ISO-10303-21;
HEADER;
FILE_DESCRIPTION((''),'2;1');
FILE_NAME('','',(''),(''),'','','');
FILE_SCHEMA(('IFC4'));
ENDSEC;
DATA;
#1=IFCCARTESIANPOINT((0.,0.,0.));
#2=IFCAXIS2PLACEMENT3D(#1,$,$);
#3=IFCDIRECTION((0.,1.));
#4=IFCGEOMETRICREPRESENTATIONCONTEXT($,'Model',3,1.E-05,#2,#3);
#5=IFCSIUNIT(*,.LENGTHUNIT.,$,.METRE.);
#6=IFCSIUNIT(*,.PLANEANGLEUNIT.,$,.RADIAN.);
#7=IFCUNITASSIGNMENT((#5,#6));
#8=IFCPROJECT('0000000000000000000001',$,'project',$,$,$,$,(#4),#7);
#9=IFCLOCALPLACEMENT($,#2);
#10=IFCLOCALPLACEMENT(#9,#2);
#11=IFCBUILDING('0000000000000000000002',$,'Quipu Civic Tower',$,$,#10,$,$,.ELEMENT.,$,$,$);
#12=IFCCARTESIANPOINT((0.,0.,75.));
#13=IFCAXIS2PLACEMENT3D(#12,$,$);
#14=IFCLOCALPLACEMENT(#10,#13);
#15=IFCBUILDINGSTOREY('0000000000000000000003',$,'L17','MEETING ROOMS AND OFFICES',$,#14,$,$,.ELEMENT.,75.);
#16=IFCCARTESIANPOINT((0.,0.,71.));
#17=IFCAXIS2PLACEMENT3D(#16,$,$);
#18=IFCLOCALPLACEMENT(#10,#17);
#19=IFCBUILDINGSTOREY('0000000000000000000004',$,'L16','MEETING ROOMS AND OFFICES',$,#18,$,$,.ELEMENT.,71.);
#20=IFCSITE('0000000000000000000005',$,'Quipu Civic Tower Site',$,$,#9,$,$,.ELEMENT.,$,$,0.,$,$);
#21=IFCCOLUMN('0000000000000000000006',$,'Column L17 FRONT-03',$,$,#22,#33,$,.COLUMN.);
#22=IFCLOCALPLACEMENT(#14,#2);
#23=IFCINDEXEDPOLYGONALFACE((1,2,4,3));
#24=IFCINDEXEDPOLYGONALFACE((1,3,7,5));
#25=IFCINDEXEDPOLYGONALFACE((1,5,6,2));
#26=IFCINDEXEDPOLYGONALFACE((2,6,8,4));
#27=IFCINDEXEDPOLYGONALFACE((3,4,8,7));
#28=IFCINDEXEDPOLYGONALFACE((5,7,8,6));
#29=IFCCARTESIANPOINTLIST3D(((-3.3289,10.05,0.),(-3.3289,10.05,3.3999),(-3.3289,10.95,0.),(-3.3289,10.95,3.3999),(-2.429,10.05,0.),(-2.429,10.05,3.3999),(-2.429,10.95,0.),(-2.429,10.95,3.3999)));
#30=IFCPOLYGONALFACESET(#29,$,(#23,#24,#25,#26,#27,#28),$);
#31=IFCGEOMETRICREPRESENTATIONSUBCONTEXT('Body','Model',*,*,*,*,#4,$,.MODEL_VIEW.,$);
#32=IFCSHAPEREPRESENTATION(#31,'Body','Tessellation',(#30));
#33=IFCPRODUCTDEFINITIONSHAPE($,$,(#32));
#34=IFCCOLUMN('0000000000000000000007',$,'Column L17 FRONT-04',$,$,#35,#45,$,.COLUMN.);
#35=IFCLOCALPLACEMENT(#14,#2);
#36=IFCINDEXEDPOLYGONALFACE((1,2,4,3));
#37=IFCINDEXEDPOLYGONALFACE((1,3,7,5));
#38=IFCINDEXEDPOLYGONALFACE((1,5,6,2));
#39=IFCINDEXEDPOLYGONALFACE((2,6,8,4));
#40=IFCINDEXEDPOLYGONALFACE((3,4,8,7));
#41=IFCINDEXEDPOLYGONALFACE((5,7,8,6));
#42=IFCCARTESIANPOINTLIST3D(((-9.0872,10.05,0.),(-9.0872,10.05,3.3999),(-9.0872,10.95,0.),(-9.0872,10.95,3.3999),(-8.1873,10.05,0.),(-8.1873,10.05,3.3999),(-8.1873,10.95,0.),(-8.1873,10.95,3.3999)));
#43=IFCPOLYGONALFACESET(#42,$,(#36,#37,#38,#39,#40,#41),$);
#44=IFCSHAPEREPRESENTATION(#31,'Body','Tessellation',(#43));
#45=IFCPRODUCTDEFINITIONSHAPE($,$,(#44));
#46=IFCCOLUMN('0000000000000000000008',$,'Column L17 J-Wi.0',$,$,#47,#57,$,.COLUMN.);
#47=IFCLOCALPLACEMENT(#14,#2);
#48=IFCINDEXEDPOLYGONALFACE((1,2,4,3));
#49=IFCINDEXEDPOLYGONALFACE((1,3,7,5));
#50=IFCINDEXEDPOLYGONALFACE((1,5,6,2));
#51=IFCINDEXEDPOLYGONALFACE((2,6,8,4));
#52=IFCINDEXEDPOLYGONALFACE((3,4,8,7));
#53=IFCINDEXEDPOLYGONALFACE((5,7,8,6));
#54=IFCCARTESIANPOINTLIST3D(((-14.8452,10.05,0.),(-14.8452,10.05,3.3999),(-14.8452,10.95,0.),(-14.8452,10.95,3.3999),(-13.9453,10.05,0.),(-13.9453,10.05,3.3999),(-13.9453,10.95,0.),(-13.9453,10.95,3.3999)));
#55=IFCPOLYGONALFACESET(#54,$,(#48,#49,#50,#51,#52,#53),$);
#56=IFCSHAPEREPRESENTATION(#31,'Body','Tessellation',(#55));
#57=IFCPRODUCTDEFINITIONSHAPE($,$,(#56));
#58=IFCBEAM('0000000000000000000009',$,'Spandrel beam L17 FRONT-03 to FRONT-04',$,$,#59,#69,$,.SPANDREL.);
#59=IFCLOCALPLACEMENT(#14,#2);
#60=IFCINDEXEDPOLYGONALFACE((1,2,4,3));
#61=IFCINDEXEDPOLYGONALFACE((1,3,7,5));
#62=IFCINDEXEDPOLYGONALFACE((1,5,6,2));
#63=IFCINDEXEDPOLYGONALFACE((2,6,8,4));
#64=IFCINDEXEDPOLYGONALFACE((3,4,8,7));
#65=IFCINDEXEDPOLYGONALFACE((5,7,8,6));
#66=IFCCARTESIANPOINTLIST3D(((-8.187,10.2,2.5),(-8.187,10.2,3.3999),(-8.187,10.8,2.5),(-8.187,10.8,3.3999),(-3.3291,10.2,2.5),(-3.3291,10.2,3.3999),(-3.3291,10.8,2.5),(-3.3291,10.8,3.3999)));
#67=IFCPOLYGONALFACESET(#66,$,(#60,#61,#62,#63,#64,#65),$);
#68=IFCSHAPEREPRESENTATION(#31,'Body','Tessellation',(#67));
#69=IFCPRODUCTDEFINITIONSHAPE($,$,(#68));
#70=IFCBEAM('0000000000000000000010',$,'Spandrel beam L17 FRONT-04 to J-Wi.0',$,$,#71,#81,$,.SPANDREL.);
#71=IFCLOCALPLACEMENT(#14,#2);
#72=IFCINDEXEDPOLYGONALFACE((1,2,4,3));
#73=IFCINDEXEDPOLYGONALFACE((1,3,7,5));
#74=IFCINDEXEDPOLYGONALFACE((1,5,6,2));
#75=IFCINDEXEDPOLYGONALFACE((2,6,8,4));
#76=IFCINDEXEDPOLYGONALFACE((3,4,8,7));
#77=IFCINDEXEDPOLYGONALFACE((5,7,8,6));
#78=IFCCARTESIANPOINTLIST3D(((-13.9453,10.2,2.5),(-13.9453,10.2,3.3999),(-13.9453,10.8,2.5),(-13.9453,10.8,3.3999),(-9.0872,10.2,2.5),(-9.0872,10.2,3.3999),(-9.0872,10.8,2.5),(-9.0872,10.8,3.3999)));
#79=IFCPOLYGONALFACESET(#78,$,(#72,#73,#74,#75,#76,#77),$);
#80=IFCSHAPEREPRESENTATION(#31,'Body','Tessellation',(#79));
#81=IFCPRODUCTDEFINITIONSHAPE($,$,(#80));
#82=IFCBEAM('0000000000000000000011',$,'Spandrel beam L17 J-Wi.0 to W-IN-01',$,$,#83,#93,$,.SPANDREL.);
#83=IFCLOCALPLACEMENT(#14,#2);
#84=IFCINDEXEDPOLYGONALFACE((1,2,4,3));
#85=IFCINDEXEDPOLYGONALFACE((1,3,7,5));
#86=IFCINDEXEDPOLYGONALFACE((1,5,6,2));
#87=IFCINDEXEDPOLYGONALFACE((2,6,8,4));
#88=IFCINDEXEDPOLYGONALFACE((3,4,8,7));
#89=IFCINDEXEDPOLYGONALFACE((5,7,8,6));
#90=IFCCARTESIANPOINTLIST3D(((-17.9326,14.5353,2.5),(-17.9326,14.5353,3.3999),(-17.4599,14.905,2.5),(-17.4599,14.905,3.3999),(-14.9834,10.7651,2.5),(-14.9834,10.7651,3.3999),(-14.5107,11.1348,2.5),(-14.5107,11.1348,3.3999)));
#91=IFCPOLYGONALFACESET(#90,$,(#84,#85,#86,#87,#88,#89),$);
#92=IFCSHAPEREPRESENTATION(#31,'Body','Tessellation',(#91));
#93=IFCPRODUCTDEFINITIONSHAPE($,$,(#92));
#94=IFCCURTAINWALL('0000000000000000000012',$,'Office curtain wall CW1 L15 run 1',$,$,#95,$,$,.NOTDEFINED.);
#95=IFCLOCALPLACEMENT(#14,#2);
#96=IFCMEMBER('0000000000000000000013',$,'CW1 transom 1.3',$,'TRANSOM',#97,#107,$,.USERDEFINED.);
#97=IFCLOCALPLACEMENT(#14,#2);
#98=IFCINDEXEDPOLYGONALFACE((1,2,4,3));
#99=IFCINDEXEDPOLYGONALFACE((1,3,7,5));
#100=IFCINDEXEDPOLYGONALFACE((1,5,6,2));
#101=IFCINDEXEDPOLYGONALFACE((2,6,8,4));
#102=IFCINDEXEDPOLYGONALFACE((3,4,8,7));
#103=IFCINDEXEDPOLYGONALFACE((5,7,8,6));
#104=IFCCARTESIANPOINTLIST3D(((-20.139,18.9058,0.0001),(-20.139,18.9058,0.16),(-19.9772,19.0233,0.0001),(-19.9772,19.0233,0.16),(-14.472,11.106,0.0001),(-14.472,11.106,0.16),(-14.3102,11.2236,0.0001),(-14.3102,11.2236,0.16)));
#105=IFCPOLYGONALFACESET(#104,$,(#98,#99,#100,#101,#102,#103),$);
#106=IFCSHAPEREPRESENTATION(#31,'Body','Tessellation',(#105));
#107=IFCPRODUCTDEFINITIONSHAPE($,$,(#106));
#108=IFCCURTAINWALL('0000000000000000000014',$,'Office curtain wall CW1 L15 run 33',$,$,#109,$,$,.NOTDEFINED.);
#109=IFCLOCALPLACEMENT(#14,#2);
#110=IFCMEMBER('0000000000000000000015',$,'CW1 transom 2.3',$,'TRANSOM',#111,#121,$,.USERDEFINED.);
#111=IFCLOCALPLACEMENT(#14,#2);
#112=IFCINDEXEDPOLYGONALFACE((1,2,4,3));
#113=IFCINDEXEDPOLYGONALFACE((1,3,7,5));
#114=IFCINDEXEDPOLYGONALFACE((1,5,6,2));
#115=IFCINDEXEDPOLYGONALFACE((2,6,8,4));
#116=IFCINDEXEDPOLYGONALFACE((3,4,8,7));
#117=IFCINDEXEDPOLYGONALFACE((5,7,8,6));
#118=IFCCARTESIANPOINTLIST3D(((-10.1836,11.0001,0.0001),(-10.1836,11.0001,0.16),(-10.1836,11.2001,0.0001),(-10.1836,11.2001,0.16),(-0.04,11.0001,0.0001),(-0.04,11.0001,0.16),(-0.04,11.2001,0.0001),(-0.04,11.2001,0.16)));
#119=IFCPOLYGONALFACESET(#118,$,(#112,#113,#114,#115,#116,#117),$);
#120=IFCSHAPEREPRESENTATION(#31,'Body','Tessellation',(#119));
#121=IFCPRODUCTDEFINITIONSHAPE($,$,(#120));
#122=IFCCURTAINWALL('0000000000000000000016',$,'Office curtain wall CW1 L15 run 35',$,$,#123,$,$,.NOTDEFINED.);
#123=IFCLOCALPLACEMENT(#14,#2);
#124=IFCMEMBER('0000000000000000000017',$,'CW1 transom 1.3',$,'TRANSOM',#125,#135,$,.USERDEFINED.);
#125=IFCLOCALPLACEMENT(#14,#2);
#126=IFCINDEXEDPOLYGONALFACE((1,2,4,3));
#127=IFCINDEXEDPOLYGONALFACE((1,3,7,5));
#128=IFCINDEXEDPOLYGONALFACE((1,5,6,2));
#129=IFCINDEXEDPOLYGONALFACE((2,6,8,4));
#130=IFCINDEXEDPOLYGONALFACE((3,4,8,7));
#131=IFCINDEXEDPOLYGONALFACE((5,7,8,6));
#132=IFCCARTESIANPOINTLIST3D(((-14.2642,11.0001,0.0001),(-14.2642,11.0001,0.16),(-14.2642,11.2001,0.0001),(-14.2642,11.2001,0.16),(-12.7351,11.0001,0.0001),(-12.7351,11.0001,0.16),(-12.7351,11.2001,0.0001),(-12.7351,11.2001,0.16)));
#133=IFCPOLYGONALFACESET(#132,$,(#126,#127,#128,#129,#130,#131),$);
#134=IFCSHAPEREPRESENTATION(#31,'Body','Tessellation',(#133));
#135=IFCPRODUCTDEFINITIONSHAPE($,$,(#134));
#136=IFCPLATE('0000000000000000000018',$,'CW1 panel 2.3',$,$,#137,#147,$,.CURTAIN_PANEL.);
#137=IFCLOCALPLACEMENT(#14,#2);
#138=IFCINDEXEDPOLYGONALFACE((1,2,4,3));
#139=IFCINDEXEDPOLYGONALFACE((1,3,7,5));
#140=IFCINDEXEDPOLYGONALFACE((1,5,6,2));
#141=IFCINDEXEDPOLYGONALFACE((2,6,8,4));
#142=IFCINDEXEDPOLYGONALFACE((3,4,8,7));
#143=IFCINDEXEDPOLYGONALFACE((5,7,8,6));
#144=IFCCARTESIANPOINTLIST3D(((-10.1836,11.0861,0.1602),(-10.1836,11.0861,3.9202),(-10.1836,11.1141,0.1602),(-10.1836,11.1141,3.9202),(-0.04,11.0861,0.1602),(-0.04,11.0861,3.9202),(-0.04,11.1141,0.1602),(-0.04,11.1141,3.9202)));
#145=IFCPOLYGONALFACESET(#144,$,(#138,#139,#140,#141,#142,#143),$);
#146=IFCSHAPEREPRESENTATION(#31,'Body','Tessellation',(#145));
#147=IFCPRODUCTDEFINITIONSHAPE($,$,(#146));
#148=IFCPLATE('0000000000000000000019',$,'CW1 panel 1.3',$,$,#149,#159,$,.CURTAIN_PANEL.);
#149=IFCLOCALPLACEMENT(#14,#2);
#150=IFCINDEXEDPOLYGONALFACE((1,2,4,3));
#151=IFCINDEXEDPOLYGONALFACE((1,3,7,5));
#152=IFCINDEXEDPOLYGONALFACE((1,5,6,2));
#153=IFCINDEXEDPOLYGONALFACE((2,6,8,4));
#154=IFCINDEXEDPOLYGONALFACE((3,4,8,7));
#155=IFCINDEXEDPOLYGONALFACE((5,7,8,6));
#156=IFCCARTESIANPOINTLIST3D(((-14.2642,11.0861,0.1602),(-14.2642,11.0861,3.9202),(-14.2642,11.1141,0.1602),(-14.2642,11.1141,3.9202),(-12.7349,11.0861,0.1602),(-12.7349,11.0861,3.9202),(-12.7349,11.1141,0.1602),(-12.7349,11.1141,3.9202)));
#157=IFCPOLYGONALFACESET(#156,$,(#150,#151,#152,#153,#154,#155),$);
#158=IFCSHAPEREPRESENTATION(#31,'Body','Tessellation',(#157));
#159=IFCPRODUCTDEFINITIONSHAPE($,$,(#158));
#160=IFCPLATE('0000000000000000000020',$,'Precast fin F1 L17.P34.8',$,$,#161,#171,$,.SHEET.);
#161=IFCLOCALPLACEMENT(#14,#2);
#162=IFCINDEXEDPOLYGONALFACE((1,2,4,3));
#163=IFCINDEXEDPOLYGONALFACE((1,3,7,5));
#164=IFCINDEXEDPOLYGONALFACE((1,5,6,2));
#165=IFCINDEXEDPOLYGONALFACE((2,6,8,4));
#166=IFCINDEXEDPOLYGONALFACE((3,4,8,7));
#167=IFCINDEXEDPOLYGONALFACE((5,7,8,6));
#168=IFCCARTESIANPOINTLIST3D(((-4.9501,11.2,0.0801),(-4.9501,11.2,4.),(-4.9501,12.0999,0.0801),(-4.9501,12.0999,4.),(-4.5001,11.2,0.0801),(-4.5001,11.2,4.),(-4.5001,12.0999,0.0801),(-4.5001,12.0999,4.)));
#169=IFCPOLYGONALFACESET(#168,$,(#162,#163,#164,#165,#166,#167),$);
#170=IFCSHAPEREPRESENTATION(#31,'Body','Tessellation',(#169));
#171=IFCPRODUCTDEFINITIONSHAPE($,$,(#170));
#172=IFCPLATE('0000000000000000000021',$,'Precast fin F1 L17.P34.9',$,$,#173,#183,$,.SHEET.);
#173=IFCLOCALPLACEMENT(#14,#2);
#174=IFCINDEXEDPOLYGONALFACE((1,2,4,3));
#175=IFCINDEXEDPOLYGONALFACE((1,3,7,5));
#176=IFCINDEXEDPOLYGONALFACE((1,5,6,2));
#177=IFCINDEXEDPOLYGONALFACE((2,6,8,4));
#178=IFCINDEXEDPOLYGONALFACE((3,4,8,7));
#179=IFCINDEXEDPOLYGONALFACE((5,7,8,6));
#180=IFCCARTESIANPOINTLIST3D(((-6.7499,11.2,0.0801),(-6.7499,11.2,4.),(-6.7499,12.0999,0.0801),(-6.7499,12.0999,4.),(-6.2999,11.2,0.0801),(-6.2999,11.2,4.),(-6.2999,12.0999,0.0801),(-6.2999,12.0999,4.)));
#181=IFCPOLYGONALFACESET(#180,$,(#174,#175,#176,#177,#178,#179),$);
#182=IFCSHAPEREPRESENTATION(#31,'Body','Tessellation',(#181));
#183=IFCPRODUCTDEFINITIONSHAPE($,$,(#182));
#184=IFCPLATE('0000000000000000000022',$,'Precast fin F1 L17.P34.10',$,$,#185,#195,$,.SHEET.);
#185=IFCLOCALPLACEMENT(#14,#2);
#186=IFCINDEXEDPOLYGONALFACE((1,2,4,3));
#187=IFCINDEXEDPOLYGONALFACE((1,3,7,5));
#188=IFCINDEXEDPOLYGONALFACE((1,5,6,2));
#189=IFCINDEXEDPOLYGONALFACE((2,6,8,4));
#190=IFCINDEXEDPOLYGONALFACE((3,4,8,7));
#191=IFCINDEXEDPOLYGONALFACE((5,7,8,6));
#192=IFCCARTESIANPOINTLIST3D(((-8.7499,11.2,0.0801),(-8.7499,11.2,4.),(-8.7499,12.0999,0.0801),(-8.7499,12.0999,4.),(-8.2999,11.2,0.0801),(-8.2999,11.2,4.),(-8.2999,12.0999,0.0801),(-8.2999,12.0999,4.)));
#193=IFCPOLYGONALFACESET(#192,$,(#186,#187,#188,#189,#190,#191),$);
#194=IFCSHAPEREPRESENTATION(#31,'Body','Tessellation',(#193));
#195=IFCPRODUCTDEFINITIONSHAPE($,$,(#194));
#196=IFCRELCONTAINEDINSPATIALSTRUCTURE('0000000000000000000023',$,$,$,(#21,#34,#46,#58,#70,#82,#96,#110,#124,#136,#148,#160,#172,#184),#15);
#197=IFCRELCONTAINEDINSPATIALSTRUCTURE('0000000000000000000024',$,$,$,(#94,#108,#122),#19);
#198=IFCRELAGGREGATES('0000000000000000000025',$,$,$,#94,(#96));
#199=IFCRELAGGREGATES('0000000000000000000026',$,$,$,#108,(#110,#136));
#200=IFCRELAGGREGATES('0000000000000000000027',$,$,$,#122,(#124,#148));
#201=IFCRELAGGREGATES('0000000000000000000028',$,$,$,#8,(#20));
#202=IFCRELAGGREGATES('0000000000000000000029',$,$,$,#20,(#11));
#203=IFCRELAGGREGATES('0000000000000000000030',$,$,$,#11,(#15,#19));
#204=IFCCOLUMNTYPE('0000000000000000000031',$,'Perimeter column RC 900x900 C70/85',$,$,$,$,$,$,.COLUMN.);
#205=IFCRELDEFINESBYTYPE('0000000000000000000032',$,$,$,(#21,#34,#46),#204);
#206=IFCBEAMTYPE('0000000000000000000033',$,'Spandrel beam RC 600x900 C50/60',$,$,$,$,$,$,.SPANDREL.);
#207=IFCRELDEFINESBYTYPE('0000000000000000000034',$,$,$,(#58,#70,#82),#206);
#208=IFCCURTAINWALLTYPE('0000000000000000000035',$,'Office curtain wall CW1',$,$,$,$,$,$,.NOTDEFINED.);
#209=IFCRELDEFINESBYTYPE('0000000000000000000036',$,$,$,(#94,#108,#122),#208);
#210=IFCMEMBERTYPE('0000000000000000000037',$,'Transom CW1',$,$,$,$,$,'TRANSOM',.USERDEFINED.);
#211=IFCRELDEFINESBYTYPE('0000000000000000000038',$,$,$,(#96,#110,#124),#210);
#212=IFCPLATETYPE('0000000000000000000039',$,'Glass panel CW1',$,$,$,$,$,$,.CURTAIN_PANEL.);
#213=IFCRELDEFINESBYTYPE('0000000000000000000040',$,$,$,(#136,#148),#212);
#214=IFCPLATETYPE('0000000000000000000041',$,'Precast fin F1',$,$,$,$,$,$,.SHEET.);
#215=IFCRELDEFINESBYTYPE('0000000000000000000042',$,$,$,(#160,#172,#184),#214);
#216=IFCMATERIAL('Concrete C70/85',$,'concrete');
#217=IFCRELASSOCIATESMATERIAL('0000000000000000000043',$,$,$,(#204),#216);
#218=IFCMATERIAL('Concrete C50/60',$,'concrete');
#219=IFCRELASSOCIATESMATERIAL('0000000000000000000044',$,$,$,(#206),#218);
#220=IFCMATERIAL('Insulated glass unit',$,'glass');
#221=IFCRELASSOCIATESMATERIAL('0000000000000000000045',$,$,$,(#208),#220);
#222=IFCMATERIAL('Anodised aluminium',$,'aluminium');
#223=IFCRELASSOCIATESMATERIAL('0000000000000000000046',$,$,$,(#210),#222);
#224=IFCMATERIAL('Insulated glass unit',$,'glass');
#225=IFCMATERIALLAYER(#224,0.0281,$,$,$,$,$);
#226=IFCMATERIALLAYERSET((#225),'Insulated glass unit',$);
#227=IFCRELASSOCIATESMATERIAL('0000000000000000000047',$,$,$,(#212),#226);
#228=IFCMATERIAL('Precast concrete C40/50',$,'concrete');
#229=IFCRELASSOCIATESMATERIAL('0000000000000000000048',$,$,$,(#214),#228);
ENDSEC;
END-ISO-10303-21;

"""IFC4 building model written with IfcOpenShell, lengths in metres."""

from ifc_helpers import new_model, si_unit, direction, frame, origin, origin_2d, place, context, subcontext, project, spatial, rectangle, extrude, material, layer, layer_set, material_profile, profile_set, type_object, element, aggregate, save


model = new_model("IFC4")

# Units and contexts
model_context = context("Model", 3, precision=1e-05, world=origin(), true_north=direction((0.0, 1.0)))
body_context = subcontext(model_context, "Body", "Model", "MODEL_VIEW")
ifc_project = project(units=[si_unit("LENGTHUNIT", "METRE"), si_unit("PLANEANGLEUNIT", "RADIAN")], contexts=[model_context])

# Site, building, storey
site_placement = place(None, origin())
site = spatial("IfcSite", under=ifc_project, at=site_placement, Name="Quipu Civic Tower Site", CompositionType="ELEMENT", RefElevation=0.0)
building_placement = place(site_placement, origin())
building = spatial("IfcBuilding", under=site, at=building_placement, Name="Quipu Civic Tower", CompositionType="ELEMENT")
storey_1_placement = place(building_placement, frame((0.0, 0.0, 75.0)))
storey_1 = spatial("IfcBuildingStorey", under=building, at=storey_1_placement, Name="L17", Description="MEETING ROOMS AND OFFICES", CompositionType="ELEMENT", Elevation=75.0)

# Columns
ifc_material_1 = material(Name="Concrete C70/85", Category="concrete")
ifc_material_profile_1 = material_profile(ifc_material_1, rectangle(XDim=0.8999, YDim=0.8999, at=origin_2d()), Name="RC900x900")
ifc_profile_set_1 = profile_set([ifc_material_profile_1], Name="Concrete C70/85")
column_type = type_object("IfcColumnType", Name="Perimeter column RC 900x900 C70/85", PredefinedType="COLUMN", material=ifc_profile_set_1)
for number, where, z_axis, x_axis, name in (
    (1, (-2.8789, 10.5, 0.0), (0.0, 0.0, 1.0), (-1.0, 0.0, 0.0), "Column L17 FRONT-03"),
    (2, (-8.6372, 10.5, 0.0), (0.0, 0.0, 1.0), (-1.0, 0.0, 0.0), "Column L17 FRONT-04"),
    (3, (-14.3953, 10.5, 0.0), (0.0, 0.0, 1.0), (-1.0, 0.0, 0.0), "Column L17 J-Wi.0"),
):
    element("IfcColumn", number, at=place(storey_1_placement, frame(where, z_axis=z_axis, x_axis=x_axis)), inside=storey_1, type_object=column_type, Name=name, PredefinedType="COLUMN", context=body_context, shape_type="SweptSolid", body=[
        extrude(rectangle(XDim=0.8999, YDim=0.8999, at=origin_2d()), origin(), (0.0, 0.0, 1.0), 3.3999),
    ])

# Beams
ifc_material_2 = material(Name="Concrete C50/60", Category="concrete")
ifc_material_profile_2 = material_profile(ifc_material_2, rectangle(XDim=0.6001, YDim=0.8999, at=origin_2d()), Name="RC600x900")
ifc_profile_set_2 = profile_set([ifc_material_profile_2], Name="Concrete C50/60")
beam_type = type_object("IfcBeamType", Name="Spandrel beam RC 600x900 C50/60", PredefinedType="SPANDREL", material=ifc_profile_set_2)
beam_1_placement = place(storey_1_placement, frame((-3.3291, 10.5, 2.95), z_axis=(-1.0, 0.0, 0.0), x_axis=(0.0, -1.0, 0.0)))
element("IfcBeam", 4, at=beam_1_placement, inside=storey_1, type_object=beam_type, Name="Spandrel beam L17 FRONT-03 to FRONT-04", PredefinedType="SPANDREL", context=body_context, shape_type="SweptSolid", body=[
    extrude(rectangle(XDim=0.6001, YDim=0.8999, at=origin_2d()), origin(), (0.0, 0.0, 1.0), 4.8579),
])
beam_2_placement = place(storey_1_placement, frame((-9.0872, 10.5, 2.95), z_axis=(-1.0, 0.0, 0.0), x_axis=(0.0, -1.0, 0.0)))
element("IfcBeam", 5, at=beam_2_placement, inside=storey_1, type_object=beam_type, Name="Spandrel beam L17 FRONT-04 to J-Wi.0", PredefinedType="SPANDREL", context=body_context, shape_type="SweptSolid", body=[
    extrude(rectangle(XDim=0.6001, YDim=0.8999, at=origin_2d()), origin(), (0.0, 0.0, 1.0), 4.8582),
])
beam_3_placement = place(storey_1_placement, frame((-14.7471, 10.95, 2.95), z_axis=(-0.616124, 0.787649, 0.0), x_axis=(-0.787649, -0.616124, 0.0)))
element("IfcBeam", 6, at=beam_3_placement, inside=storey_1, type_object=beam_type, Name="Spandrel beam L17 J-Wi.0 to W-IN-01", PredefinedType="SPANDREL", context=body_context, shape_type="SweptSolid", body=[
    extrude(rectangle(XDim=0.6001, YDim=0.8999, at=origin_2d()), origin(), (0.0, 0.0, 1.0), 4.7866),
])

# Shared definitions
storey_2_placement = place(building_placement, frame((0.0, 0.0, 71.0)))
storey_2 = spatial("IfcBuildingStorey", under=building, at=storey_2_placement, Name="L16", Description="MEETING ROOMS AND OFFICES", CompositionType="ELEMENT", Elevation=71.0)

# Curtain walls, members
ifc_material_3 = material(Name="Insulated glass unit", Category="glass")
curtain_wall_type = type_object("IfcCurtainWallType", Name="Office curtain wall CW1", PredefinedType="NOTDEFINED", material=ifc_material_3)
curtain_wall_1_placement = place(storey_2_placement, origin())
curtain_wall_1 = element("IfcCurtainWall", 7, at=curtain_wall_1_placement, inside=storey_2, type_object=curtain_wall_type, Name="Office curtain wall CW1 L15 run 1", PredefinedType="NOTDEFINED")
ifc_material_4 = material(Name="Anodised aluminium", Category="aluminium")
ifc_material_profile_3 = material_profile(ifc_material_4, rectangle(XDim=0.2, YDim=0.1599, at=origin_2d()), Name="RECT 200x160")
ifc_profile_set_3 = profile_set([ifc_material_profile_3], Name="Anodised aluminium")
member_type = type_object("IfcMemberType", Name="Transom CW1", ElementType="TRANSOM", PredefinedType="USERDEFINED", material=ifc_profile_set_3)
member_1_placement = place(storey_1_placement, frame((-14.3911, 11.1648, 0.0801), z_axis=(-0.587792, 0.809012, 0.0), x_axis=(-0.809012, -0.587792, 0.0)))
member_1 = element("IfcMember", 8, at=member_1_placement, inside=storey_1, type_object=member_type, Name="CW1 transom 1.3", ObjectType="TRANSOM", PredefinedType="USERDEFINED", context=body_context, shape_type="SweptSolid", body=[
    extrude(rectangle(XDim=0.2, YDim=0.1599, at=origin_2d()), origin(), (0.0, 0.0, 1.0), 9.6411),
])
aggregate(curtain_wall_1, [member_1])
curtain_wall_2_placement = place(storey_2_placement, origin())
curtain_wall_2 = element("IfcCurtainWall", 9, at=curtain_wall_2_placement, inside=storey_2, type_object=curtain_wall_type, Name="Office curtain wall CW1 L15 run 33", PredefinedType="NOTDEFINED")
member_2_placement = place(storey_1_placement, frame((-0.04, 11.1001, 0.0801), z_axis=(-1.0, 0.0, 0.0), x_axis=(0.0, -1.0, 0.0)))
member_2 = element("IfcMember", 10, at=member_2_placement, inside=storey_1, type_object=member_type, Name="CW1 transom 2.3", ObjectType="TRANSOM", PredefinedType="USERDEFINED", context=body_context, shape_type="SweptSolid", body=[
    extrude(rectangle(XDim=0.2, YDim=0.1599, at=origin_2d()), origin(), (0.0, 0.0, 1.0), 10.1436),
])
curtain_wall_3_placement = place(storey_2_placement, origin())
curtain_wall_3 = element("IfcCurtainWall", 11, at=curtain_wall_3_placement, inside=storey_2, type_object=curtain_wall_type, Name="Office curtain wall CW1 L15 run 35", PredefinedType="NOTDEFINED")
member_3_placement = place(storey_1_placement, frame((-12.7351, 11.1001, 0.0801), z_axis=(-1.0, 0.0, 0.0), x_axis=(0.0, -1.0, 0.0)))
member_3 = element("IfcMember", 12, at=member_3_placement, inside=storey_1, type_object=member_type, Name="CW1 transom 1.3", ObjectType="TRANSOM", PredefinedType="USERDEFINED", context=body_context, shape_type="SweptSolid", body=[
    extrude(rectangle(XDim=0.2, YDim=0.1599, at=origin_2d()), origin(), (0.0, 0.0, 1.0), 1.5291),
])

# Plates
ifc_material_5 = material(Name="Insulated glass unit", Category="glass")
ifc_layer_1 = layer(ifc_material_5, 0.0281)
ifc_layer_set_1 = layer_set([ifc_layer_1], Name="Insulated glass unit")
plate_type_1 = type_object("IfcPlateType", Name="Glass panel CW1", PredefinedType="CURTAIN_PANEL", material=ifc_layer_set_1)
plate_1_placement = place(storey_1_placement, frame((-5.1118, 11.1001, 0.1602), z_axis=(0.0, 0.0, 1.0), x_axis=(-1.0, 0.0, 0.0)))
plate_1 = element("IfcPlate", 13, at=plate_1_placement, inside=storey_1, type_object=plate_type_1, Name="CW1 panel 2.3", PredefinedType="CURTAIN_PANEL", context=body_context, shape_type="SweptSolid", body=[
    extrude(rectangle(XDim=10.1436, YDim=0.0281, at=origin_2d()), origin(), (0.0, 0.0, 1.0), 3.76),
])
aggregate(curtain_wall_2, [member_2, plate_1])
plate_2_placement = place(storey_1_placement, frame((-13.4995, 11.1001, 0.1602), z_axis=(0.0, 0.0, 1.0), x_axis=(-1.0, 0.0, 0.0)))
plate_2 = element("IfcPlate", 14, at=plate_2_placement, inside=storey_1, type_object=plate_type_1, Name="CW1 panel 1.3", PredefinedType="CURTAIN_PANEL", context=body_context, shape_type="SweptSolid", body=[
    extrude(rectangle(XDim=1.5293, YDim=0.0281, at=origin_2d()), origin(), (0.0, 0.0, 1.0), 3.76),
])
aggregate(curtain_wall_3, [member_3, plate_2])

# Plates
ifc_material_6 = material(Name="Precast concrete C40/50", Category="concrete")
plate_type_2 = type_object("IfcPlateType", Name="Precast fin F1", PredefinedType="SHEET", material=ifc_material_6)
for number, where, z_axis, x_axis, name in (
    (15, (-4.7251, 11.6499, 0.0801), (0.0, 0.0, 1.0), (-1.0, 0.0, 0.0), "Precast fin F1 L17.P34.8"),
    (16, (-6.5249, 11.6499, 0.0801), (0.0, 0.0, 1.0), (-1.0, 0.0, 0.0), "Precast fin F1 L17.P34.9"),
    (17, (-8.5249, 11.6499, 0.0801), (0.0, 0.0, 1.0), (-1.0, 0.0, 0.0), "Precast fin F1 L17.P34.10"),
):
    element("IfcPlate", number, at=place(storey_1_placement, frame(where, z_axis=z_axis, x_axis=x_axis)), inside=storey_1, type_object=plate_type_2, Name=name, PredefinedType="SHEET", context=body_context, shape_type="SweptSolid", body=[
        extrude(rectangle(XDim=0.45, YDim=0.8999, at=origin_2d()), origin(), (0.0, 0.0, 1.0), 3.9199),
    ])

save(model, "model.ifc")
